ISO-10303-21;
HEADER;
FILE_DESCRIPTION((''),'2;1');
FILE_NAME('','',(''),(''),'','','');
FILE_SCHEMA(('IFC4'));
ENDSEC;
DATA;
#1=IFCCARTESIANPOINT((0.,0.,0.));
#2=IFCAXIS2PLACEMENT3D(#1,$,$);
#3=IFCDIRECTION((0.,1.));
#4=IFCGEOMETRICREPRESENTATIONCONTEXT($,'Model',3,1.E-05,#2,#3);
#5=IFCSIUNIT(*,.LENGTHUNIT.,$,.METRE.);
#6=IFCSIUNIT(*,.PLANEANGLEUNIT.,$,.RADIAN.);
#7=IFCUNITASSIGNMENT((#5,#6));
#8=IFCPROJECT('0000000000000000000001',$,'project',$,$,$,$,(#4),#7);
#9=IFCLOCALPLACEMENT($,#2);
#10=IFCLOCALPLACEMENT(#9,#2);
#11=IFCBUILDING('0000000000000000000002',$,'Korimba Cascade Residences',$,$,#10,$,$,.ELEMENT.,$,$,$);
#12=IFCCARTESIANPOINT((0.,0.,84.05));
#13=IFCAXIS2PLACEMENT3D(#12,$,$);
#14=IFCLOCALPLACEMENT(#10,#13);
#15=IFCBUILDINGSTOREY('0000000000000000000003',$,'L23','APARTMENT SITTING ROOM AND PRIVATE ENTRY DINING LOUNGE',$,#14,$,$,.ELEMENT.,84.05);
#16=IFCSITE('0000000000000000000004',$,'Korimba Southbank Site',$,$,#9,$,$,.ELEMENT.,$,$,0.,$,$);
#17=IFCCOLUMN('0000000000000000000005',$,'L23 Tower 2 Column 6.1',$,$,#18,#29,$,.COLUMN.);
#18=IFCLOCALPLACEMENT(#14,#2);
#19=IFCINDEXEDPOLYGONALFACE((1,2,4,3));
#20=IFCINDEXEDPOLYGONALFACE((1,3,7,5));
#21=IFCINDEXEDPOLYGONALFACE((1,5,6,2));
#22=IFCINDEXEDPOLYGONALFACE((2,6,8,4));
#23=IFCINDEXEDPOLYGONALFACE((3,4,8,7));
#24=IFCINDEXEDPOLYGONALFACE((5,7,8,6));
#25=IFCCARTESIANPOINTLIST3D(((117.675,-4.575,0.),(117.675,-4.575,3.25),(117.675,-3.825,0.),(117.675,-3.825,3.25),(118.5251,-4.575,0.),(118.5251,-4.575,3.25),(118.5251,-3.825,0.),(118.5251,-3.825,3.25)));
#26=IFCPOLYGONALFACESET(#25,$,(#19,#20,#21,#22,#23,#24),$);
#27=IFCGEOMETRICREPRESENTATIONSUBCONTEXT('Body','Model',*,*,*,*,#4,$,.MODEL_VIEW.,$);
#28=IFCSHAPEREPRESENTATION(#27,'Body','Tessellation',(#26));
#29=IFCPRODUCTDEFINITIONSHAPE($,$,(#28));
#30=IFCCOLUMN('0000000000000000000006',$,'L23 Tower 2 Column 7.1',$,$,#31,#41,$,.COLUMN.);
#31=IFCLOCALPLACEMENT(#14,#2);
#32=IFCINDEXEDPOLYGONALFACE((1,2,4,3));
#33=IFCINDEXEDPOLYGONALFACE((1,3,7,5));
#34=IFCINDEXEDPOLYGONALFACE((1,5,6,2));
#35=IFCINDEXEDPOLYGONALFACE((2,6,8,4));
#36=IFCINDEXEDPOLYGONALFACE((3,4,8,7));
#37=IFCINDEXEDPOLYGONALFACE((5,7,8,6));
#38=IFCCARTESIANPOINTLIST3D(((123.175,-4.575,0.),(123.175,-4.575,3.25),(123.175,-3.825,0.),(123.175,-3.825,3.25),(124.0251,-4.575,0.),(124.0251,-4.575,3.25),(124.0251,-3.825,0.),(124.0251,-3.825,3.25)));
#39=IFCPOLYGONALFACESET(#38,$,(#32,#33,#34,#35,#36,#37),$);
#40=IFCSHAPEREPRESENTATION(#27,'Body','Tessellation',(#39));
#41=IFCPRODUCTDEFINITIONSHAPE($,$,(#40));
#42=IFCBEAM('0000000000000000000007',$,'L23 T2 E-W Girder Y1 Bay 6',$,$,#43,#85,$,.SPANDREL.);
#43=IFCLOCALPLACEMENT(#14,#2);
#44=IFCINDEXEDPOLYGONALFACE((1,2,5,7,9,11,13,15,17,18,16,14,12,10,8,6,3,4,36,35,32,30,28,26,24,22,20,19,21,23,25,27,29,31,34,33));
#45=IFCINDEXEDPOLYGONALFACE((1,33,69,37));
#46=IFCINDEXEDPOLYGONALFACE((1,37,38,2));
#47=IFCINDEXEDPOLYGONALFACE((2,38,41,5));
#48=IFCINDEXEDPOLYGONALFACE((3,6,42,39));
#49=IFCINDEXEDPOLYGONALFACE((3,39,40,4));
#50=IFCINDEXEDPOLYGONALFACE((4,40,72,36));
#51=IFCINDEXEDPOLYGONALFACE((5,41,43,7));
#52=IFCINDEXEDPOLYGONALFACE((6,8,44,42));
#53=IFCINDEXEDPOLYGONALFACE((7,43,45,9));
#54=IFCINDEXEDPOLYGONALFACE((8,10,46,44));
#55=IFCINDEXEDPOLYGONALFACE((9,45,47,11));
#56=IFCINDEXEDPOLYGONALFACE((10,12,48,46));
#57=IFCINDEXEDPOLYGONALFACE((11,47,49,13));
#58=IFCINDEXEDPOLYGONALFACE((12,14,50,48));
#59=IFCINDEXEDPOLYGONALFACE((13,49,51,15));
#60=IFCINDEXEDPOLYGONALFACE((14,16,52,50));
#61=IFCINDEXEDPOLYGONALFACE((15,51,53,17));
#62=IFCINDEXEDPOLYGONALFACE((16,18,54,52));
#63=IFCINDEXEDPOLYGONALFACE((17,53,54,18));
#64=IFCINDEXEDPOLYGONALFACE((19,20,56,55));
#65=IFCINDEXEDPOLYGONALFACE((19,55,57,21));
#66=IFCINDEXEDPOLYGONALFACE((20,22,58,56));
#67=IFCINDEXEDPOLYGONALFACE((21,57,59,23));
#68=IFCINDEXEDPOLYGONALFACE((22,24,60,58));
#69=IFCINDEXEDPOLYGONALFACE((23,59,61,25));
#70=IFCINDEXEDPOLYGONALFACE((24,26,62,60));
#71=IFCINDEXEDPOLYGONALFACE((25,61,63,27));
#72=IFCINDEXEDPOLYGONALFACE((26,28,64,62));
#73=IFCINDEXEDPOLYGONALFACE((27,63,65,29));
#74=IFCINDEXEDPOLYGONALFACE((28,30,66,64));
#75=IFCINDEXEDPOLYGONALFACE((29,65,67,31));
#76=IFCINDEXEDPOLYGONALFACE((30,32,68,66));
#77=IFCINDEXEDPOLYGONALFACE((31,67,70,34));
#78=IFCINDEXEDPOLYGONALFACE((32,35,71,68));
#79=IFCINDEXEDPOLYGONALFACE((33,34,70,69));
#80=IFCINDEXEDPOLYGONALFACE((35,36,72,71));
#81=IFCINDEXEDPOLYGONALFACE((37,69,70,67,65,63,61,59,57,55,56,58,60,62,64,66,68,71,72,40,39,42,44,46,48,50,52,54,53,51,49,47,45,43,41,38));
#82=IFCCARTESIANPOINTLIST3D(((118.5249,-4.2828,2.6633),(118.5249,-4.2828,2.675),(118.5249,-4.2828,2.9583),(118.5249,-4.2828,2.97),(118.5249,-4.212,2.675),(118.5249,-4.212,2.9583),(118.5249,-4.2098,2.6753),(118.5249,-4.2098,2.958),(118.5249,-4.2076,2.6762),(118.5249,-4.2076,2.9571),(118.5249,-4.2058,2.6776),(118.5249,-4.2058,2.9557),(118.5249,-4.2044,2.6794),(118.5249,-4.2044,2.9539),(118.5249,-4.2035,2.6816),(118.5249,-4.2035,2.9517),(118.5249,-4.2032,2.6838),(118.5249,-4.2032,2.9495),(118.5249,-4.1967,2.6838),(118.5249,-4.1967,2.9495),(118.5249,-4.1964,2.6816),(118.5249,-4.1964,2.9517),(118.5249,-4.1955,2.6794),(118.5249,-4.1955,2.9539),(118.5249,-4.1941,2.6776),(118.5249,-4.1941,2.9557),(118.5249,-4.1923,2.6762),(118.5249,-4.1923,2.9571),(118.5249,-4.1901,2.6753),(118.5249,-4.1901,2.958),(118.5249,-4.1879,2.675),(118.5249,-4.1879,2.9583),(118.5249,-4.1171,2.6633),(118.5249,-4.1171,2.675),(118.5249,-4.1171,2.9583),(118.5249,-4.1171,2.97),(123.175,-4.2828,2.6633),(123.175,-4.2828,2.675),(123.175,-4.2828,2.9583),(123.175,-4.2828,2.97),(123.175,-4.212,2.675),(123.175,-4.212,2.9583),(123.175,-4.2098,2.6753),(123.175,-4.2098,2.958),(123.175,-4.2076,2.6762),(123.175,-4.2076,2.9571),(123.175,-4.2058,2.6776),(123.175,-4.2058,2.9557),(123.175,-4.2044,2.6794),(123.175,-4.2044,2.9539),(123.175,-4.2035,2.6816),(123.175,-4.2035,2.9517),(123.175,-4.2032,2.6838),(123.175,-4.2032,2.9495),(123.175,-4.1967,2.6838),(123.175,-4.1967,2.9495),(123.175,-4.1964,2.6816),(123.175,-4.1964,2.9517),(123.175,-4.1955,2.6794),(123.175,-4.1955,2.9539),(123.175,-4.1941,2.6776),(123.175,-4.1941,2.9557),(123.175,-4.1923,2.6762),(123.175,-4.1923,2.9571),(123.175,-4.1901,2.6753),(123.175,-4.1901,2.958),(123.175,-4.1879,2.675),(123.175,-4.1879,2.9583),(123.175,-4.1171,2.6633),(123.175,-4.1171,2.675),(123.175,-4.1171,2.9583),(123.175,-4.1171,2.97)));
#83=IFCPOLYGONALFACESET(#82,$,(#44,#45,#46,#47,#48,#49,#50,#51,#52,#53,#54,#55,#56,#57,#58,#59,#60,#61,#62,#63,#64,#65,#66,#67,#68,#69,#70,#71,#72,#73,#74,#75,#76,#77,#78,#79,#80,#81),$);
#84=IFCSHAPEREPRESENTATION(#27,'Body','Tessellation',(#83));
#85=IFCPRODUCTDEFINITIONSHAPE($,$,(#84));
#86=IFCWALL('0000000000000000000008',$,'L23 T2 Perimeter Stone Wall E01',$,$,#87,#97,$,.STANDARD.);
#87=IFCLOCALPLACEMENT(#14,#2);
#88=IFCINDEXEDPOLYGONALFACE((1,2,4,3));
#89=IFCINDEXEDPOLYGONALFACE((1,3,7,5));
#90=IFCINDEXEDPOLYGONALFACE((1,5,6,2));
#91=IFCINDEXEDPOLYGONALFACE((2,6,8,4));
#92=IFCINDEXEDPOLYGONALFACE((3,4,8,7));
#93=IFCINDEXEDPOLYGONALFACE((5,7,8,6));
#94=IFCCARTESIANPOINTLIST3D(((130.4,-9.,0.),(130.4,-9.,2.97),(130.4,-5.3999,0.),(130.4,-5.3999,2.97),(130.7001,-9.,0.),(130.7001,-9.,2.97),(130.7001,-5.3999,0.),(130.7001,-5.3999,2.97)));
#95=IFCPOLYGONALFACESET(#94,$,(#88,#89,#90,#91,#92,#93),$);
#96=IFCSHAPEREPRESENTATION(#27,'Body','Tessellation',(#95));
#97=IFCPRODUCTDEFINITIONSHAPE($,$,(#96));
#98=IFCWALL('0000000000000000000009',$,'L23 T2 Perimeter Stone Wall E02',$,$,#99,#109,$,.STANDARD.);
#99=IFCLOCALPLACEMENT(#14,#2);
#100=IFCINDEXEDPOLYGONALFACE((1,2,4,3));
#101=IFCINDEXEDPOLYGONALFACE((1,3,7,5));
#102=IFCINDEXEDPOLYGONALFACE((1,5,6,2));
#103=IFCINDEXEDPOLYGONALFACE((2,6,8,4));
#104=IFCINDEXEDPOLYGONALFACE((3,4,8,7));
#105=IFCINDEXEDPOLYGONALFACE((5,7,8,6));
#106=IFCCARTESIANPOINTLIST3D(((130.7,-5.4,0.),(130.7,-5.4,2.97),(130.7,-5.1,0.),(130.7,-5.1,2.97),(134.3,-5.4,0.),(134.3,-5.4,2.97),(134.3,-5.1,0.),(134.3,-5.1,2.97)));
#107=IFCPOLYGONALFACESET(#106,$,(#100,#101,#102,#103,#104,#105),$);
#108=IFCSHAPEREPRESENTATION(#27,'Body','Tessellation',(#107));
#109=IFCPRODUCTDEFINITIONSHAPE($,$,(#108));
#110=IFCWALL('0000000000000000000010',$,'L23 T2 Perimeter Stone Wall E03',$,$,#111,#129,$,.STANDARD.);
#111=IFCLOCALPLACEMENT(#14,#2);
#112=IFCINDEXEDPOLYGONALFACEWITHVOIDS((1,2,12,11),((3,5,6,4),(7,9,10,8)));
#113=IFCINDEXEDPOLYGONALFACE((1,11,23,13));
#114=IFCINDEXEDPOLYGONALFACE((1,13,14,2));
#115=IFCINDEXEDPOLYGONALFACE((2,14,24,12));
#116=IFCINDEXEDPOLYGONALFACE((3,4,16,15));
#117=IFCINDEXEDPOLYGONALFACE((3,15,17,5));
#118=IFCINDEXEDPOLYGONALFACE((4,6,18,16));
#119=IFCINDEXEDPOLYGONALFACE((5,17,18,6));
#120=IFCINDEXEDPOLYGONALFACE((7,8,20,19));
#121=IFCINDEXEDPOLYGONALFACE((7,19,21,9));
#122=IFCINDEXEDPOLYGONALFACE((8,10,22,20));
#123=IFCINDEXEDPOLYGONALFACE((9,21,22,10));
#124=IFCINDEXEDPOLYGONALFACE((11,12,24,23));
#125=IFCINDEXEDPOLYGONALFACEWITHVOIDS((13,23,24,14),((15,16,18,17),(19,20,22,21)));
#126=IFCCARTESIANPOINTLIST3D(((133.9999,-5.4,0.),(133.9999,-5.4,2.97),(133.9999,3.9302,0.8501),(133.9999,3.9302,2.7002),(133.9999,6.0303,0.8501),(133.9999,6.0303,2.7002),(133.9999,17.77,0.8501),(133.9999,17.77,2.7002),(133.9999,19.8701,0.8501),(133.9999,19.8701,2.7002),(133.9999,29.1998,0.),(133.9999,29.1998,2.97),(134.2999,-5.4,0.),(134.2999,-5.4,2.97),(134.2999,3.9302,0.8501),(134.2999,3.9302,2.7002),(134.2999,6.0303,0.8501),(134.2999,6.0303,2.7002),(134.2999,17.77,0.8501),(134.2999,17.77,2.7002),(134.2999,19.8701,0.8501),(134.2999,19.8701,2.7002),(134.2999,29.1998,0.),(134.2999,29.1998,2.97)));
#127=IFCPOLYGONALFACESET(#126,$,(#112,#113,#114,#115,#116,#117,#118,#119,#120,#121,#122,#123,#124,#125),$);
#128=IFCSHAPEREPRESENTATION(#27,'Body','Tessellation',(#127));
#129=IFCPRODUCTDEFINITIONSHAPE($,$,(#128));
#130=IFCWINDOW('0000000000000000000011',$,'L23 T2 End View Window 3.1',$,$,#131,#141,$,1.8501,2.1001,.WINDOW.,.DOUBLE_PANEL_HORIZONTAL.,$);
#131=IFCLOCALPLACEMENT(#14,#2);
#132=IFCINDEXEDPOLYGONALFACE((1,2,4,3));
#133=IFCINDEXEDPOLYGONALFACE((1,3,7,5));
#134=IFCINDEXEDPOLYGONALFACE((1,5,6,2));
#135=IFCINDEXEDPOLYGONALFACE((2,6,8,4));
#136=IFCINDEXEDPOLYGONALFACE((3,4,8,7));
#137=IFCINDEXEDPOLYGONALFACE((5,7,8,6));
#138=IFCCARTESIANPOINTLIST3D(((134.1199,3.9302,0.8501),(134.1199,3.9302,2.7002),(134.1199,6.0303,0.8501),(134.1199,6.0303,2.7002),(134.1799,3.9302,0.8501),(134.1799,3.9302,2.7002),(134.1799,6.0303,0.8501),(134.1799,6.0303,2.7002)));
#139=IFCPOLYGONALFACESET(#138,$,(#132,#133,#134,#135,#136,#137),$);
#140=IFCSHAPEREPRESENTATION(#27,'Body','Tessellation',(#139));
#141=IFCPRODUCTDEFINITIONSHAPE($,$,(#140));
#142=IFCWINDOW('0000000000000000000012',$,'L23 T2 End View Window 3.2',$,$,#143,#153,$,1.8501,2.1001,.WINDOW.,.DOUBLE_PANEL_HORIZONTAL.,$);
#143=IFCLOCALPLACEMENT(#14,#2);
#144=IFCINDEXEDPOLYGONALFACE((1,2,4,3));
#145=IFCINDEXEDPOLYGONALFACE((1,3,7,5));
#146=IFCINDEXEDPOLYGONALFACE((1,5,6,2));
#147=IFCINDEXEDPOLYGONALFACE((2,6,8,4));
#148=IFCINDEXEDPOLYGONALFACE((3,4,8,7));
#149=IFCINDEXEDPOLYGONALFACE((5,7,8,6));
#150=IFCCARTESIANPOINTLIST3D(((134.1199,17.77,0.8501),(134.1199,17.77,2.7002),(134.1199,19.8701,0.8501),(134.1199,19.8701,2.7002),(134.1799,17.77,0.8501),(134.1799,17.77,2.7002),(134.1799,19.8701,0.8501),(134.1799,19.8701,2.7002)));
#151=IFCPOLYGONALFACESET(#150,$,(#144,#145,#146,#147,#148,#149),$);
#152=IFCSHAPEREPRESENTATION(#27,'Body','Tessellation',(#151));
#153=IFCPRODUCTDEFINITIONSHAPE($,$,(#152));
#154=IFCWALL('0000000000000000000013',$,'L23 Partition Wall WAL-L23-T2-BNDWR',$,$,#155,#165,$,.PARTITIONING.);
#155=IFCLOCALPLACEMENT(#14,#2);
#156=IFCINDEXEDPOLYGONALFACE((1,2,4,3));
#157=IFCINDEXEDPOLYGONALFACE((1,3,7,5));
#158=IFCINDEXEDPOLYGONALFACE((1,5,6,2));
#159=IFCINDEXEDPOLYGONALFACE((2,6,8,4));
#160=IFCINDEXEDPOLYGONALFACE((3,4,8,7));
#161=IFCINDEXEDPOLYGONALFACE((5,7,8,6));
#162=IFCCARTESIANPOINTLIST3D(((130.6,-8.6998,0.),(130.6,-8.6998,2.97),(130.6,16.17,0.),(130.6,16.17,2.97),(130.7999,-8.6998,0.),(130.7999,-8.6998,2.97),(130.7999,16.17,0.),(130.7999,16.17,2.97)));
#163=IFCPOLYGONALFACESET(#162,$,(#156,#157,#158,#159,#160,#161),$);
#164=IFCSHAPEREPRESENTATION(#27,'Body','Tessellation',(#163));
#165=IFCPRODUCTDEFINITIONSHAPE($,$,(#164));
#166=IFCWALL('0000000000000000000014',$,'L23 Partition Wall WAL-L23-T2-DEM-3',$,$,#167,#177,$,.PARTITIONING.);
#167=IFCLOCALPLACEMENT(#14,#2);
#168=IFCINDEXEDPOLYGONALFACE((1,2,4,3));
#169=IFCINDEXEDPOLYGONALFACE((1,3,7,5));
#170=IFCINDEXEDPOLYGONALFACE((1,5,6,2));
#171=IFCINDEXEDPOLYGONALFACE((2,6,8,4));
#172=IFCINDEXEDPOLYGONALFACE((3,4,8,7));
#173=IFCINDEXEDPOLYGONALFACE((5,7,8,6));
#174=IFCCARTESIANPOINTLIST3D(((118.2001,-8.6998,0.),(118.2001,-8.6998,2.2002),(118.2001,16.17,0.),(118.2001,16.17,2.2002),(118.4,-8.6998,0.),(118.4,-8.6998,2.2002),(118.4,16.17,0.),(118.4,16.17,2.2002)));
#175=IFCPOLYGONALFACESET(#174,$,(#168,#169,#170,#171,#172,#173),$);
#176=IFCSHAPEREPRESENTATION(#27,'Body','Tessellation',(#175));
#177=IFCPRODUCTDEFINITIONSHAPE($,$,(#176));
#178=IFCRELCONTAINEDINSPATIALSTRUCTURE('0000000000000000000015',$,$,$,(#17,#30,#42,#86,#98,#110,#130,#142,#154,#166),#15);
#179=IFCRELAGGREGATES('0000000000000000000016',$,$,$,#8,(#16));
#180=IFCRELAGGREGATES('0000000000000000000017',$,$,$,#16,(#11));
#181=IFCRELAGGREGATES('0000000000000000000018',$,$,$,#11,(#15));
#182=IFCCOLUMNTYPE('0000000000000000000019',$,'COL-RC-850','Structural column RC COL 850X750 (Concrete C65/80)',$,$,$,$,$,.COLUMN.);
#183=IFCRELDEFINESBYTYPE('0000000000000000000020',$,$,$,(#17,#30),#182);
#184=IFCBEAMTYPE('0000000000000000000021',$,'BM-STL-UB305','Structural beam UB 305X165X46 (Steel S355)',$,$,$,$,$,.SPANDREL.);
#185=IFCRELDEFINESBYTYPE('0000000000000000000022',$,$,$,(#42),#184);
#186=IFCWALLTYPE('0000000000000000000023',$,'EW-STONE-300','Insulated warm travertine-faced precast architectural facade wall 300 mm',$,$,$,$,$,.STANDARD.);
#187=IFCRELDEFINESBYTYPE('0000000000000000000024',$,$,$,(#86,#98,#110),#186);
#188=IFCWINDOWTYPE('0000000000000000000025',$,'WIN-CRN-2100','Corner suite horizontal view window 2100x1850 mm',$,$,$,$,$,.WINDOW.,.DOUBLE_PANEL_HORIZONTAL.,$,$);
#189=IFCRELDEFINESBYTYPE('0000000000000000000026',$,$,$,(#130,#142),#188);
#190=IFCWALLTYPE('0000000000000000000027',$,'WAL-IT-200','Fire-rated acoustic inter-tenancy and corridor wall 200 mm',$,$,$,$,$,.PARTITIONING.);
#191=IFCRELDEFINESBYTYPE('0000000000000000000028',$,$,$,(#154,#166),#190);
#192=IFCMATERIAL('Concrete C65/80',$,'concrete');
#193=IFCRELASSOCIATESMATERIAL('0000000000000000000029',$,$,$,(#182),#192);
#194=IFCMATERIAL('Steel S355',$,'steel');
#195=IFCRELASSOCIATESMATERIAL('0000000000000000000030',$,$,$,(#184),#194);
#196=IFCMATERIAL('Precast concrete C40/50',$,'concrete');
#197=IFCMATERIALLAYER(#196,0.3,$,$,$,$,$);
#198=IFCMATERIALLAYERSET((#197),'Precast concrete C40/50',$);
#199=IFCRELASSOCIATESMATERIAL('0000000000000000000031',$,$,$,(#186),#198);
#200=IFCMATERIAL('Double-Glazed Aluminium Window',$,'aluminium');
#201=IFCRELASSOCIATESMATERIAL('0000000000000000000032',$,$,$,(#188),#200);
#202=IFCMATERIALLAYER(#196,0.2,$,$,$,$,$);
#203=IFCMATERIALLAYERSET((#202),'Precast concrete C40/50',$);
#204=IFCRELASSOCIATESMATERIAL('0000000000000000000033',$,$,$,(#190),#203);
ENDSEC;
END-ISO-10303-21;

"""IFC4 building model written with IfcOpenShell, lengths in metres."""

from ifc_helpers import new_model, si_unit, direction, frame, frame_2d, origin, origin_2d, place, context, subcontext, project, spatial, rectangle, i_section, extrude, material, layer, layer_set, material_profile, profile_set, type_object, element, fill, save


model = new_model("IFC4")

# Units and contexts
model_context = context("Model", 3, precision=1e-05, world=origin(), true_north=direction((0.0, 1.0)))
body_context = subcontext(model_context, "Body", "Model", "MODEL_VIEW")
ifc_project = project(units=[si_unit("LENGTHUNIT", "METRE"), si_unit("PLANEANGLEUNIT", "RADIAN")], contexts=[model_context])

# Site, building, storey
site_placement = place(None, origin())
site = spatial("IfcSite", under=ifc_project, at=site_placement, Name="Korimba Southbank Site", CompositionType="ELEMENT", RefElevation=0.0)
building_placement = place(site_placement, origin())
building = spatial("IfcBuilding", under=site, at=building_placement, Name="Korimba Cascade Residences", CompositionType="ELEMENT")
storey_placement = place(building_placement, frame((0.0, 0.0, 84.05)))
storey = spatial("IfcBuildingStorey", under=building, at=storey_placement, Name="L23", Description="APARTMENT SITTING ROOM AND PRIVATE ENTRY DINING LOUNGE", CompositionType="ELEMENT", Elevation=84.05)

# Columns
ifc_material_1 = material(Name="Concrete C65/80", Category="concrete")
ifc_material_profile_1 = material_profile(ifc_material_1, rectangle(XDim=0.8501, YDim=0.75, at=origin_2d()), Name="Concrete C65/80")
ifc_profile_set_1 = profile_set([ifc_material_profile_1], Name="Concrete C65/80")
column_type = type_object("IfcColumnType", Name="COL-RC-850", Description="Structural column RC COL 850X750 (Concrete C65/80)", PredefinedType="COLUMN", material=ifc_profile_set_1)
for number, where, z_axis, x_axis, name in (
    (1, (118.1001, -4.2, 0.0), (0.0, 0.0, 1.0), (1.0, 0.0, 0.0), "L23 Tower 2 Column 6.1"),
    (2, (123.6001, -4.2, 0.0), (0.0, 0.0, 1.0), (1.0, 0.0, 0.0), "L23 Tower 2 Column 7.1"),
):
    element("IfcColumn", number, at=place(storey_placement, frame(where, z_axis=z_axis, x_axis=x_axis)), inside=storey, type_object=column_type, Name=name, PredefinedType="COLUMN", context=body_context, shape_type="SweptSolid", body=[
        extrude(rectangle(XDim=0.8501, YDim=0.75, at=origin_2d()), origin(), (0.0, 0.0, 1.0), 3.25),
    ])

# Beam
ifc_material_2 = material(Name="Steel S355", Category="steel")
ifc_material_profile_2 = material_profile(ifc_material_2, i_section(OverallWidth=0.1658, OverallDepth=0.3066, WebThickness=0.0066, FlangeThickness=0.0117, FilletRadius=0.0088, at=origin_2d()), Name="Steel S355")
ifc_profile_set_2 = profile_set([ifc_material_profile_2], Name="Steel S355")
beam_type = type_object("IfcBeamType", Name="BM-STL-UB305", Description="Structural beam UB 305X165X46 (Steel S355)", PredefinedType="SPANDREL", material=ifc_profile_set_2)
beam_placement = place(storey_placement, frame((118.5249, -4.2, 2.8167), z_axis=(1.0, 0.0, 0.0), x_axis=(0.0, 1.0, 0.0)))
element("IfcBeam", 3, at=beam_placement, inside=storey, type_object=beam_type, Name="L23 T2 E-W Girder Y1 Bay 6", PredefinedType="SPANDREL", context=body_context, shape_type="SweptSolid", body=[
    extrude(i_section(OverallWidth=0.1658, OverallDepth=0.3066, WebThickness=0.0066, FlangeThickness=0.0117, FilletRadius=0.0088, at=origin_2d()), origin(), (0.0, 0.0, 1.0), 4.6501),
])

# Walls
ifc_material_3 = material(Name="Precast concrete C40/50", Category="concrete")
ifc_layer_1 = layer(ifc_material_3, 0.3)
ifc_layer_set_1 = layer_set([ifc_layer_1], Name="Precast concrete C40/50")
wall_type_1 = type_object("IfcWallType", Name="EW-STONE-300", Description="Insulated warm travertine-faced precast architectural facade wall 300 mm", PredefinedType="STANDARD", material=ifc_layer_set_1)
for number, where, z_axis, x_axis, name in (
    (4, (130.55, -9.0, 0.0), (0.0, 0.0, 1.0), (0.0, 1.0, 0.0), "L23 T2 Perimeter Stone Wall E01"),
    (5, (130.7, -5.25, 0.0), (0.0, 0.0, 1.0), (1.0, 0.0, 0.0), "L23 T2 Perimeter Stone Wall E02"),
):
    element("IfcWall", number, at=place(storey_placement, frame(where, z_axis=z_axis, x_axis=x_axis)), inside=storey, type_object=wall_type_1, Name=name, PredefinedType="STANDARD", context=body_context, shape_type="SweptSolid", body=[
        extrude(rectangle(XDim=3.6001, YDim=0.3, at=frame_2d((1.8, 0.0))), origin(), (0.0, 0.0, 1.0), 2.97),
    ])

# Wall, openings, windows
wall_1_placement = place(storey_placement, frame((134.1499, -5.3999, 0.0), z_axis=(0.0, 0.0, 1.0), x_axis=(0.0, 1.0, 0.0)))
wall_1 = element("IfcWall", 6, at=wall_1_placement, inside=storey, type_object=wall_type_1, Name="L23 T2 Perimeter Stone Wall E03", PredefinedType="STANDARD", context=body_context, shape_type="SweptSolid", body=[
    extrude(rectangle(XDim=34.5999, YDim=0.3, at=frame_2d((17.2998, 0.0))), origin(), (0.0, 0.0, 1.0), 2.97),
])
opening_1_placement = place(wall_1_placement, frame((9.3301, 0.0, 0.8501)))
opening_1 = element("IfcOpeningElement", 7, at=opening_1_placement, cuts=wall_1, PredefinedType="OPENING", context=body_context, shape_type="SweptSolid", body=[
    extrude(rectangle(XDim=2.1001, YDim=1.8501, at=frame_2d((1.05, 0.925))), frame((0.0, 0.1602, 0.0), z_axis=(0.0, -1.0, 0.0), x_axis=(1.0, 0.0, 0.0)), (0.0, 0.0, 1.0), 0.3201),
])
opening_2_placement = place(wall_1_placement, frame((23.1699, 0.0, 0.8501)))
opening_2 = element("IfcOpeningElement", 8, at=opening_2_placement, cuts=wall_1, PredefinedType="OPENING", context=body_context, shape_type="SweptSolid", body=[
    extrude(rectangle(XDim=2.1001, YDim=1.8501, at=frame_2d((1.05, 0.925))), frame((0.0, 0.1602, 0.0), z_axis=(0.0, -1.0, 0.0), x_axis=(1.0, 0.0, 0.0)), (0.0, 0.0, 1.0), 0.3201),
])
ifc_material_4 = material(Name="Double-Glazed Aluminium Window", Category="aluminium")
window_type = type_object("IfcWindowType", Name="WIN-CRN-2100", Description="Corner suite horizontal view window 2100x1850 mm", PartitioningType="DOUBLE_PANEL_HORIZONTAL", PredefinedType="WINDOW", material=ifc_material_4)
window_1_placement = place(opening_1_placement, origin())
window_1 = element("IfcWindow", 9, at=window_1_placement, inside=storey, type_object=window_type, Name="L23 T2 End View Window 3.1", OverallHeight=1.8501, OverallWidth=2.1001, PartitioningType="DOUBLE_PANEL_HORIZONTAL", PredefinedType="WINDOW", context=body_context, shape_type="SweptSolid", body=[
    extrude(rectangle(XDim=2.1001, YDim=1.8501, at=frame_2d((1.05, 0.925))), frame((0.0, 0.03, 0.0), z_axis=(0.0, -1.0, 0.0), x_axis=(1.0, 0.0, 0.0)), (0.0, 0.0, 1.0), 0.0601),
])
fill(opening_1, window_1)
window_2_placement = place(opening_2_placement, origin())
window_2 = element("IfcWindow", 10, at=window_2_placement, inside=storey, type_object=window_type, Name="L23 T2 End View Window 3.2", OverallHeight=1.8501, OverallWidth=2.1001, PartitioningType="DOUBLE_PANEL_HORIZONTAL", PredefinedType="WINDOW", context=body_context, shape_type="SweptSolid", body=[
    extrude(rectangle(XDim=2.1001, YDim=1.8501, at=frame_2d((1.05, 0.925))), frame((0.0, 0.03, 0.0), z_axis=(0.0, -1.0, 0.0), x_axis=(1.0, 0.0, 0.0)), (0.0, 0.0, 1.0), 0.0601),
])
fill(opening_2, window_2)

# Walls
ifc_layer_2 = layer(ifc_material_3, 0.2)
ifc_layer_set_2 = layer_set([ifc_layer_2], Name="Precast concrete C40/50")
wall_type_2 = type_object("IfcWallType", Name="WAL-IT-200", Description="Fire-rated acoustic inter-tenancy and corridor wall 200 mm", PredefinedType="PARTITIONING", material=ifc_layer_set_2)
wall_2_placement = place(storey_placement, frame((130.7, -8.7, 0.0), z_axis=(0.0, 0.0, 1.0), x_axis=(0.0, 1.0, 0.0)))
element("IfcWall", 11, at=wall_2_placement, inside=storey, type_object=wall_type_2, Name="L23 Partition Wall WAL-L23-T2-BNDWR", PredefinedType="PARTITIONING", context=body_context, shape_type="SweptSolid", body=[
    extrude(rectangle(XDim=24.8699, YDim=0.2, at=frame_2d((12.4351, 0.0))), origin(), (0.0, 0.0, 1.0), 2.97),
])
wall_3_placement = place(storey_placement, frame((118.3, -8.7, 0.0), z_axis=(0.0, 0.0, 1.0), x_axis=(0.0, 1.0, 0.0)))
element("IfcWall", 12, at=wall_3_placement, inside=storey, type_object=wall_type_2, Name="L23 Partition Wall WAL-L23-T2-DEM-3", PredefinedType="PARTITIONING", context=body_context, shape_type="SweptSolid", body=[
    extrude(rectangle(XDim=24.8699, YDim=0.2, at=frame_2d((12.4351, 0.0))), origin(), (0.0, 0.0, 1.0), 2.2002),
])

save(model, "model.ifc")
